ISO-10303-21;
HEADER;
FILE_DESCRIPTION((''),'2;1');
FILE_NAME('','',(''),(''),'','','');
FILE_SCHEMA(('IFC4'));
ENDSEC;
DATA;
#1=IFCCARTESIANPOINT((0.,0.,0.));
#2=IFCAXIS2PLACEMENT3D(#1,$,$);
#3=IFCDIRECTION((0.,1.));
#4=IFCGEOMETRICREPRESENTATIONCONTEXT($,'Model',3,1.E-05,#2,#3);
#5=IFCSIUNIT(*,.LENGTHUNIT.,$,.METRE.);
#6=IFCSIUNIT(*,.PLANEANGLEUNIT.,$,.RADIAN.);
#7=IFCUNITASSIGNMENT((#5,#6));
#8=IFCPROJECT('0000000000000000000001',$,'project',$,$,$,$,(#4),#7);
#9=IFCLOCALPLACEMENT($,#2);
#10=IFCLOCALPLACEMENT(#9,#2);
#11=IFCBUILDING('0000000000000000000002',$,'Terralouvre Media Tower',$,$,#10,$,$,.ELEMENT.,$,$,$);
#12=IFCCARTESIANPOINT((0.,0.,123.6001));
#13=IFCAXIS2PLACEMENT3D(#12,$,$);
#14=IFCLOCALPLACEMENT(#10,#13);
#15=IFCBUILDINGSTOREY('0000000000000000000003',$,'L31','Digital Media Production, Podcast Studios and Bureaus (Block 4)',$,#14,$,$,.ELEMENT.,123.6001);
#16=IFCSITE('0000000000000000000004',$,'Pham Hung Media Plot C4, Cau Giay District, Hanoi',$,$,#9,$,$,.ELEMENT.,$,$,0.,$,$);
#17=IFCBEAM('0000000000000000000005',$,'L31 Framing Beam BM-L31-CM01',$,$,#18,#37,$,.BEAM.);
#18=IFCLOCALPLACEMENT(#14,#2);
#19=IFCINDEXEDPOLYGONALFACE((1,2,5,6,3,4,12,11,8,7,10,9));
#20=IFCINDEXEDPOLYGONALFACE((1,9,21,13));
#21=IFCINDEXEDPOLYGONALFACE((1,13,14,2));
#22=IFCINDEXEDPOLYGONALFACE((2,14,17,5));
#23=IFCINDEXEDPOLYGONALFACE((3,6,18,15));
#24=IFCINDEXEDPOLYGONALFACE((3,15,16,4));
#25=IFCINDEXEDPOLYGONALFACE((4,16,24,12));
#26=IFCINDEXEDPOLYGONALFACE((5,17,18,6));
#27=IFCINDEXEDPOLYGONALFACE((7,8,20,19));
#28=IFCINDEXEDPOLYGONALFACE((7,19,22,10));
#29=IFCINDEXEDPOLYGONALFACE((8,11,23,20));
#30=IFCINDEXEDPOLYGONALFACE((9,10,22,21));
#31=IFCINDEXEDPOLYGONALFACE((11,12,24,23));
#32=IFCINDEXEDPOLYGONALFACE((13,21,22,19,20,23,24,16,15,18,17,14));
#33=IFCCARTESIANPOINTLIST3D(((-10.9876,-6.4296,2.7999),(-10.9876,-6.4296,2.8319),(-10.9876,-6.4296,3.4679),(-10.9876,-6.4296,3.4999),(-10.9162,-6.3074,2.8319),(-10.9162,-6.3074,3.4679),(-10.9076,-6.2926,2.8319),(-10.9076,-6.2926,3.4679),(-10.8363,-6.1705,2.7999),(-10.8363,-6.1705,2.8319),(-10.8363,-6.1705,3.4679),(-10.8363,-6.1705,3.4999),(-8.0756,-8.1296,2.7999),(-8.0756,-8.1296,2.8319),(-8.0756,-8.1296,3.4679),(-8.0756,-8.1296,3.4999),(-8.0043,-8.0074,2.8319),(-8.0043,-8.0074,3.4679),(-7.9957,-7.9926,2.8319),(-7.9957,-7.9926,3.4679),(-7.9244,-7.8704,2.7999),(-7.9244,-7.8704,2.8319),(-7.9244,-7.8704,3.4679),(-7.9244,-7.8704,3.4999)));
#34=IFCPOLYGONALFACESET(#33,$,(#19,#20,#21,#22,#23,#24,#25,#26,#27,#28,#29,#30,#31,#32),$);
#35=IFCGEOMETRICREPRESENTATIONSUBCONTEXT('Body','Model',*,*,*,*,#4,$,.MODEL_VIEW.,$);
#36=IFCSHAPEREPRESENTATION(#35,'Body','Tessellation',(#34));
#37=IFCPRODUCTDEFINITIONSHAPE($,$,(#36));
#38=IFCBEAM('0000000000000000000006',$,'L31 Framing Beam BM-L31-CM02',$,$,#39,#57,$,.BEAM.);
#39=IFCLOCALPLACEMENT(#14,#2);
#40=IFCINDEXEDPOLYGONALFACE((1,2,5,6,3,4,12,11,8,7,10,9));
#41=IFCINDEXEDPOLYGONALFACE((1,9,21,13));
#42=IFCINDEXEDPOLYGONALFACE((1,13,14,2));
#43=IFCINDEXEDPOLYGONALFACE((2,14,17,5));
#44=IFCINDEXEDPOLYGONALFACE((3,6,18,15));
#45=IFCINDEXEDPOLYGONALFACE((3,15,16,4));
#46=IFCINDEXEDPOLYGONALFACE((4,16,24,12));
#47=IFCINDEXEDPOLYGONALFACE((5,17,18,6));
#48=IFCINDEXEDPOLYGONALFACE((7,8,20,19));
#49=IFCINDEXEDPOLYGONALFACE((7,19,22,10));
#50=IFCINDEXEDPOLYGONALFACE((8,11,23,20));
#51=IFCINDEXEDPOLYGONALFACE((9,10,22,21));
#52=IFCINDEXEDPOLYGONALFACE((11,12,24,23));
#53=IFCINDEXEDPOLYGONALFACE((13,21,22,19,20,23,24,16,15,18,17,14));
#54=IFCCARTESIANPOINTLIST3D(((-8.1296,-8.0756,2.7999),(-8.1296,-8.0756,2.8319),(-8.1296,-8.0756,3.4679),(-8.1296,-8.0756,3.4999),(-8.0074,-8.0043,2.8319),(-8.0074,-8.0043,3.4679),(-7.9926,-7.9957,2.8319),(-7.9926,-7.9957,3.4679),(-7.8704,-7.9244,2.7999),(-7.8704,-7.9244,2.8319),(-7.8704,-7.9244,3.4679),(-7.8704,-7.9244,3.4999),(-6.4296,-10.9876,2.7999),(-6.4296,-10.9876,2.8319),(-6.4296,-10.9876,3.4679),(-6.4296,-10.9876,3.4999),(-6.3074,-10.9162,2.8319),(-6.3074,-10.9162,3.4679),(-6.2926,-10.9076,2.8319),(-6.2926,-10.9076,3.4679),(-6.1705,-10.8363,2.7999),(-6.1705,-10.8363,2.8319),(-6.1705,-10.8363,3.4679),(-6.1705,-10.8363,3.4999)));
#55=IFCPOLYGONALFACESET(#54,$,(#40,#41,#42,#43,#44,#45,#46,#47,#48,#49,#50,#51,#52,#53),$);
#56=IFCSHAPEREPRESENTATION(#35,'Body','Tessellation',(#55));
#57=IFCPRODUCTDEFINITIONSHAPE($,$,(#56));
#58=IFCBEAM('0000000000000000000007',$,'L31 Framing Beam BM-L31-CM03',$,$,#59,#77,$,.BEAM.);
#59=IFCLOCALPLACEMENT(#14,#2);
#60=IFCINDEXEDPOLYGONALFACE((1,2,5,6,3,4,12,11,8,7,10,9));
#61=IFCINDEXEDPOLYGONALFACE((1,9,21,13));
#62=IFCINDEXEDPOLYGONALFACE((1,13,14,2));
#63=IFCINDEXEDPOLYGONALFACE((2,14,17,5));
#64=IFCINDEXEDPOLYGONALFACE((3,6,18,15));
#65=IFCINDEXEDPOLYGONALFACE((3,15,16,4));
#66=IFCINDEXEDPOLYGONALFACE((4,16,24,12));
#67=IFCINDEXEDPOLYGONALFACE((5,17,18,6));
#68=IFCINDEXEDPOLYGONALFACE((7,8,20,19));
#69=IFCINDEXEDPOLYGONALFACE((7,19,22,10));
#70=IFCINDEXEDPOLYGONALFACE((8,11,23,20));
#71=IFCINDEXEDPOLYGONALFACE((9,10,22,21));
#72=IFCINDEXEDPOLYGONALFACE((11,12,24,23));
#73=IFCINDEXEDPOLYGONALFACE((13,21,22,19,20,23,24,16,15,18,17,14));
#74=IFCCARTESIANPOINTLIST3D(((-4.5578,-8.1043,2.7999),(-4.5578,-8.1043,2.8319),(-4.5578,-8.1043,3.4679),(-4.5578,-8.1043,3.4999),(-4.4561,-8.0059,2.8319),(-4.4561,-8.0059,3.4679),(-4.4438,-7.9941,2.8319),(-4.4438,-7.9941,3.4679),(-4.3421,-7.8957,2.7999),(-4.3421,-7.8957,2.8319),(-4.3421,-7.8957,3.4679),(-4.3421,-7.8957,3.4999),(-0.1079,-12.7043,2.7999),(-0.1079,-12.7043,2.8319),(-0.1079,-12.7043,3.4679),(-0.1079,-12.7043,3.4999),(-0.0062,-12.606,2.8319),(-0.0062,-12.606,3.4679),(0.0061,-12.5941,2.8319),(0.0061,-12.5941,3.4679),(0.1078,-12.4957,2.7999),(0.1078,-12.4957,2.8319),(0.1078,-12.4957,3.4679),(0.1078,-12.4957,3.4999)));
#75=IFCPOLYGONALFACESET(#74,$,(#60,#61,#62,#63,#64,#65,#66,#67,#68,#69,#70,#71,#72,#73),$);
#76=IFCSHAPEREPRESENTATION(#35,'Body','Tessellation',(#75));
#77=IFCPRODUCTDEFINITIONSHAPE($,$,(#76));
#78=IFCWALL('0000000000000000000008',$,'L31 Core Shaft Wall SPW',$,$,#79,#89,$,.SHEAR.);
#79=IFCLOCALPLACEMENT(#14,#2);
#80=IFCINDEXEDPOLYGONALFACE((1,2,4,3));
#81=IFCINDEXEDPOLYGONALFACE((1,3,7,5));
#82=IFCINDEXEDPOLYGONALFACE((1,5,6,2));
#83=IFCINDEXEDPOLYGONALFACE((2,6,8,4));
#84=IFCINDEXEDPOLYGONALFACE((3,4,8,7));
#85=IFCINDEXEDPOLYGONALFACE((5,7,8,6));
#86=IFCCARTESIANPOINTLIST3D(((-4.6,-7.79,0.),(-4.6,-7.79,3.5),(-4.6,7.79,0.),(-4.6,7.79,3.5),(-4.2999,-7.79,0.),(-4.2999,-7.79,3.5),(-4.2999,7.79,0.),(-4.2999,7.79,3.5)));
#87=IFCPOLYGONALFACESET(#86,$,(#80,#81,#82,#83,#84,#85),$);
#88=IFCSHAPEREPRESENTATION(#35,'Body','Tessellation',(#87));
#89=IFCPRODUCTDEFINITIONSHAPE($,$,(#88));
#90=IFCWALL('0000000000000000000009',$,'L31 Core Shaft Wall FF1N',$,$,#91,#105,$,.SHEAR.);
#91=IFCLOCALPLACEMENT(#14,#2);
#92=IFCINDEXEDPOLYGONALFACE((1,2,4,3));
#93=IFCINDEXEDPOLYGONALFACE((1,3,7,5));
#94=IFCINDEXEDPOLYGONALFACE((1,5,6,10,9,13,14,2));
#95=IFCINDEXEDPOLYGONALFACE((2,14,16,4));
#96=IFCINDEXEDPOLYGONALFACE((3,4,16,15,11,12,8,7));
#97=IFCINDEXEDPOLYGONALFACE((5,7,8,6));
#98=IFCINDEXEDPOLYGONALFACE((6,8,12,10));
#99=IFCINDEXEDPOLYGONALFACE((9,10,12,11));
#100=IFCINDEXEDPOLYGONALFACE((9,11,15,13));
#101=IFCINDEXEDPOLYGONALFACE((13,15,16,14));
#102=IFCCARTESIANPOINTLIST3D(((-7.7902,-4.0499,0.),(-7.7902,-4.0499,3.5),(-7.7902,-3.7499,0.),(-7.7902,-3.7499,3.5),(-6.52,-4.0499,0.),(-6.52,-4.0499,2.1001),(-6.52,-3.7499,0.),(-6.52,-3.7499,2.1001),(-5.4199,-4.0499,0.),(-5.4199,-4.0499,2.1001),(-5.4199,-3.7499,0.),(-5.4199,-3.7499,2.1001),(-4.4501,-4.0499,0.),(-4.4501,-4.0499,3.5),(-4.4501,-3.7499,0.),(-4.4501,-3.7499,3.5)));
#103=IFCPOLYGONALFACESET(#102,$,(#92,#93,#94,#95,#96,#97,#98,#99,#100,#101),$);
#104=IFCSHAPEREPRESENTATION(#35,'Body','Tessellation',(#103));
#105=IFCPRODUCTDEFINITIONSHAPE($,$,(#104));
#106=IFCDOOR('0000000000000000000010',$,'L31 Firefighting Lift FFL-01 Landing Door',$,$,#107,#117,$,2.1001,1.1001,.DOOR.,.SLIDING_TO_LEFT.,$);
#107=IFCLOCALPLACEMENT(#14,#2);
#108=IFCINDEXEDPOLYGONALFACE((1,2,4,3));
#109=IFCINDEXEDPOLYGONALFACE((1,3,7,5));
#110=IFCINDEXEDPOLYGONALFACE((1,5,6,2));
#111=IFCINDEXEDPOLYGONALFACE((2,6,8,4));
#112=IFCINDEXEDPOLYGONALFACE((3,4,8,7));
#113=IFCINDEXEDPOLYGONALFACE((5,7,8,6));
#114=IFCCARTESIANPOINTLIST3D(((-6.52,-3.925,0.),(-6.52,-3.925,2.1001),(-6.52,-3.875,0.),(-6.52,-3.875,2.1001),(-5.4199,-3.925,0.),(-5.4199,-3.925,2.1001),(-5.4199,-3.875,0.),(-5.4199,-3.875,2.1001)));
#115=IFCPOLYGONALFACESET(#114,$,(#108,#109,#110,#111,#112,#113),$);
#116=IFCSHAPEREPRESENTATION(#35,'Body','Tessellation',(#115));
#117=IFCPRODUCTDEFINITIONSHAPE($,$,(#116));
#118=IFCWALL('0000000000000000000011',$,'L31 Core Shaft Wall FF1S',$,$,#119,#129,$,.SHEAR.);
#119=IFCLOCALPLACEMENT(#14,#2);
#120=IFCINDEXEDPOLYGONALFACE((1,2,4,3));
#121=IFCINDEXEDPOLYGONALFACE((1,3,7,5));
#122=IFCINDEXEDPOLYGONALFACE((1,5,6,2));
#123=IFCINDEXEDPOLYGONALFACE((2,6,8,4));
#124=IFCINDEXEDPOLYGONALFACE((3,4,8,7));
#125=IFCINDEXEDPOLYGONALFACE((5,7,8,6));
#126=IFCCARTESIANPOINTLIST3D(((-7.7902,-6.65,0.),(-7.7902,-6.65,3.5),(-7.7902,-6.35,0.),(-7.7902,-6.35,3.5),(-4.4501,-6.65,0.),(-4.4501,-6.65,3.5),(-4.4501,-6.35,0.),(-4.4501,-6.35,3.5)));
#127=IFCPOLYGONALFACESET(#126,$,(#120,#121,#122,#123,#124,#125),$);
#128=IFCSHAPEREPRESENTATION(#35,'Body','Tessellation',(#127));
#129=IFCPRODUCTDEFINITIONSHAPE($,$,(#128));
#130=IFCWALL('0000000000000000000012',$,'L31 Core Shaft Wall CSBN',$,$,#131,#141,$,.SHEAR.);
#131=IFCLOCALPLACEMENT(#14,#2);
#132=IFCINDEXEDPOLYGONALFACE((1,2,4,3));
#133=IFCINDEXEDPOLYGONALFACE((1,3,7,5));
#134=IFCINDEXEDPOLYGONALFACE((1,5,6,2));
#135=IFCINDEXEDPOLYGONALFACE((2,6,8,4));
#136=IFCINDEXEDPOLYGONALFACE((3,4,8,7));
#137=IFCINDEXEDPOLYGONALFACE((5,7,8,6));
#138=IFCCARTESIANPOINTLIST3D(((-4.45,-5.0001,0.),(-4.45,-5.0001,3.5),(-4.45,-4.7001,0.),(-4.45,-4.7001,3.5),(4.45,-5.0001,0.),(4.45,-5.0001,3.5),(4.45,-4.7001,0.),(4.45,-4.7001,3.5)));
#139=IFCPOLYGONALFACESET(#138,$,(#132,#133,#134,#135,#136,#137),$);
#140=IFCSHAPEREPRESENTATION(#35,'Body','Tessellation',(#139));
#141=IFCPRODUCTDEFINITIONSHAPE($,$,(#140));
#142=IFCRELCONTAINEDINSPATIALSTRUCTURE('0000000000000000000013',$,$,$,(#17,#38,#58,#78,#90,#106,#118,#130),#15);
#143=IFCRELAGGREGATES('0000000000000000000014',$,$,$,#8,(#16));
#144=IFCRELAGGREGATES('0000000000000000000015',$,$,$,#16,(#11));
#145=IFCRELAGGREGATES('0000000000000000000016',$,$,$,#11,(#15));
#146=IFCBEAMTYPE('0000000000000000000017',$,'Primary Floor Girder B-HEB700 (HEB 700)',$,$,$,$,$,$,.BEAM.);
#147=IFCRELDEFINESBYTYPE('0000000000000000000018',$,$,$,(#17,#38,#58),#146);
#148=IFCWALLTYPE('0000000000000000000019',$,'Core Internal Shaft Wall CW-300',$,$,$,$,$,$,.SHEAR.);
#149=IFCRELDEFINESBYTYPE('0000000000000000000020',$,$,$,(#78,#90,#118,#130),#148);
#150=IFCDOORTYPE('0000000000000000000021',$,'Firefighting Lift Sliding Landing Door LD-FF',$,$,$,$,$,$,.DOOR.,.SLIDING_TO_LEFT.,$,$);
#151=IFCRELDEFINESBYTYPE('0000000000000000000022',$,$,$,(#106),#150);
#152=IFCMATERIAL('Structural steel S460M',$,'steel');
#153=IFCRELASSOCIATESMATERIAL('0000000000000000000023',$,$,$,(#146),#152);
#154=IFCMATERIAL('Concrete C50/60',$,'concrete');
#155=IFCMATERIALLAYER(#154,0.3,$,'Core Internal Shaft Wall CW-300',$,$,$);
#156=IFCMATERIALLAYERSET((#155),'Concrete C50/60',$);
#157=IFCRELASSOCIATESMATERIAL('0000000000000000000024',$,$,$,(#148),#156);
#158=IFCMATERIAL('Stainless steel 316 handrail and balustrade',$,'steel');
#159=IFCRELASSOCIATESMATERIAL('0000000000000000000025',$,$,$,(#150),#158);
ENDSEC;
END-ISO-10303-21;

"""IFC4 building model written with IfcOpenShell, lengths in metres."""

from ifc_helpers import new_model, si_unit, direction, frame, frame_2d, origin, origin_2d, place, context, subcontext, project, spatial, rectangle, i_section, extrude, material, layer, layer_set, material_profile, profile_set, type_object, element, fill, save


model = new_model("IFC4")

# Units and contexts
model_context = context("Model", 3, precision=1e-05, world=origin(), true_north=direction((0.0, 1.0)))
body_context = subcontext(model_context, "Body", "Model", "MODEL_VIEW")
ifc_project = project(units=[si_unit("LENGTHUNIT", "METRE"), si_unit("PLANEANGLEUNIT", "RADIAN")], contexts=[model_context])

# Site, building, storey
site_placement = place(None, origin())
site = spatial("IfcSite", under=ifc_project, at=site_placement, Name="Pham Hung Media Plot C4, Cau Giay District, Hanoi", CompositionType="ELEMENT", RefElevation=0.0)
building_placement = place(site_placement, origin())
building = spatial("IfcBuilding", under=site, at=building_placement, Name="Terralouvre Media Tower", CompositionType="ELEMENT")
storey_placement = place(building_placement, frame((0.0, 0.0, 123.6001)))
storey = spatial("IfcBuildingStorey", under=building, at=storey_placement, Name="L31", Description="Digital Media Production, Podcast Studios and Bureaus (Block 4)", CompositionType="ELEMENT", Elevation=123.6001)

# Beams
ifc_material_1 = material(Name="Structural steel S460M", Category="steel")
ifc_material_profile_1 = material_profile(ifc_material_1, i_section(OverallWidth=0.3, OverallDepth=0.7, WebThickness=0.0171, FlangeThickness=0.032, at=origin_2d()), Name="HEB 700")
ifc_profile_set_1 = profile_set([ifc_material_profile_1], Name="Structural steel S460M")
beam_type_1 = type_object("IfcBeamType", Name="Primary Floor Girder B-HEB700 (HEB 700)", PredefinedType="BEAM", material=ifc_profile_set_1)
for number, where, z_axis, x_axis, name in (
    (1, (-8.0, -8.0, 3.1499), (-0.863603, 0.504173, 0.0), (-0.504173, -0.863603, 0.0), "L31 Framing Beam BM-L31-CM01"),
    (2, (-8.0, -8.0, 3.1499), (0.504173, -0.863603, 0.0), (0.863603, 0.504173, 0.0), "L31 Framing Beam BM-L31-CM02"),
):
    element("IfcBeam", number, at=place(storey_placement, frame(where, z_axis=z_axis, x_axis=x_axis)), inside=storey, type_object=beam_type_1, Name=name, PredefinedType="BEAM", context=body_context, shape_type="SweptSolid", body=[
        extrude(i_section(OverallWidth=0.3, OverallDepth=0.7, WebThickness=0.0171, FlangeThickness=0.032, at=origin_2d()), origin(), (0.0, 0.0, 1.0), 3.3718),
    ])
beam_1_placement = place(storey_placement, frame((-4.45, -8.0, 3.1499), z_axis=(0.69528, -0.718739, 0.0), x_axis=(0.718739, 0.69528, 0.0)))
element("IfcBeam", 3, at=beam_1_placement, inside=storey, type_object=beam_type_1, Name="L31 Framing Beam BM-L31-CM03", PredefinedType="BEAM", context=body_context, shape_type="SweptSolid", body=[
    extrude(i_section(OverallWidth=0.3, OverallDepth=0.7, WebThickness=0.0171, FlangeThickness=0.032, at=origin_2d()), origin(), (0.0, 0.0, 1.0), 6.4001),
])

# Wall
ifc_material_2 = material(Name="Concrete C50/60", Category="concrete")
ifc_layer_1 = layer(ifc_material_2, 0.3, Name="Core Internal Shaft Wall CW-300")
ifc_layer_set_1 = layer_set([ifc_layer_1], Name="Concrete C50/60")
wall_type_1 = type_object("IfcWallType", Name="Core Internal Shaft Wall CW-300", PredefinedType="SHEAR", material=ifc_layer_set_1)
wall_1_placement = place(storey_placement, frame((-4.45, -7.79, 0.0), z_axis=(0.0, 0.0, 1.0), x_axis=(0.0, 1.0, 0.0)))
element("IfcWall", 4, at=wall_1_placement, inside=storey, type_object=wall_type_1, Name="L31 Core Shaft Wall SPW", PredefinedType="SHEAR", context=body_context, shape_type="SweptSolid", body=[
    extrude(rectangle(XDim=15.5801, YDim=0.3, at=frame_2d((7.79, 0.0))), origin(), (0.0, 0.0, 1.0), 3.5),
])

# Wall, opening, door
wall_2_placement = place(storey_placement, frame((-7.79, -3.8999, 0.0), z_axis=(0.0, 0.0, 1.0), x_axis=(1.0, 0.0, 0.0)))
wall_2 = element("IfcWall", 5, at=wall_2_placement, inside=storey, type_object=wall_type_1, Name="L31 Core Shaft Wall FF1N", PredefinedType="SHEAR", context=body_context, shape_type="SweptSolid", body=[
    extrude(rectangle(XDim=3.3401, YDim=0.3, at=frame_2d((1.6699, 0.0))), origin(), (0.0, 0.0, 1.0), 3.5),
])
opening_1_placement = place(wall_2_placement, frame((1.27, 0.0, 0.0)))
opening_1 = element("IfcOpeningElement", 6, at=opening_1_placement, cuts=wall_2, PredefinedType="OPENING", context=body_context, shape_type="SweptSolid", body=[
    extrude(rectangle(XDim=1.1001, YDim=2.1001, at=frame_2d((0.55, 1.05))), frame((0.0, 0.1599, 0.0), z_axis=(0.0, -1.0, 0.0), x_axis=(1.0, 0.0, 0.0)), (0.0, 0.0, 1.0), 0.3201),
])
ifc_material_3 = material(Name="Stainless steel 316 handrail and balustrade", Category="steel")
door_type_1 = type_object("IfcDoorType", Name="Firefighting Lift Sliding Landing Door LD-FF", OperationType="SLIDING_TO_LEFT", PredefinedType="DOOR", material=ifc_material_3)
door_1_placement = place(opening_1_placement, origin())
door_1 = element("IfcDoor", 7, at=door_1_placement, inside=storey, type_object=door_type_1, Name="L31 Firefighting Lift FFL-01 Landing Door", OperationType="SLIDING_TO_LEFT", OverallHeight=2.1001, OverallWidth=1.1001, PredefinedType="DOOR", context=body_context, shape_type="SweptSolid", body=[
    extrude(rectangle(XDim=1.1001, YDim=2.1001, at=frame_2d((0.55, 1.05))), frame((0.0, 0.0249, 0.0), z_axis=(0.0, -1.0, 0.0), x_axis=(1.0, 0.0, 0.0)), (0.0, 0.0, 1.0), 0.05),
])
fill(opening_1, door_1)

# Walls
wall_3_placement = place(storey_placement, frame((-7.79, -6.5, 0.0), z_axis=(0.0, 0.0, 1.0), x_axis=(1.0, 0.0, 0.0)))
element("IfcWall", 8, at=wall_3_placement, inside=storey, type_object=wall_type_1, Name="L31 Core Shaft Wall FF1S", PredefinedType="SHEAR", context=body_context, shape_type="SweptSolid", body=[
    extrude(rectangle(XDim=3.3401, YDim=0.3, at=frame_2d((1.6699, 0.0))), origin(), (0.0, 0.0, 1.0), 3.5),
])
wall_4_placement = place(storey_placement, frame((-4.45, -4.8501, 0.0), z_axis=(0.0, 0.0, 1.0), x_axis=(1.0, 0.0, 0.0)))
element("IfcWall", 9, at=wall_4_placement, inside=storey, type_object=wall_type_1, Name="L31 Core Shaft Wall CSBN", PredefinedType="SHEAR", context=body_context, shape_type="SweptSolid", body=[
    extrude(rectangle(XDim=8.8999, YDim=0.3, at=frame_2d((4.45, 0.0))), origin(), (0.0, 0.0, 1.0), 3.5),
])

save(model, "model.ifc")
